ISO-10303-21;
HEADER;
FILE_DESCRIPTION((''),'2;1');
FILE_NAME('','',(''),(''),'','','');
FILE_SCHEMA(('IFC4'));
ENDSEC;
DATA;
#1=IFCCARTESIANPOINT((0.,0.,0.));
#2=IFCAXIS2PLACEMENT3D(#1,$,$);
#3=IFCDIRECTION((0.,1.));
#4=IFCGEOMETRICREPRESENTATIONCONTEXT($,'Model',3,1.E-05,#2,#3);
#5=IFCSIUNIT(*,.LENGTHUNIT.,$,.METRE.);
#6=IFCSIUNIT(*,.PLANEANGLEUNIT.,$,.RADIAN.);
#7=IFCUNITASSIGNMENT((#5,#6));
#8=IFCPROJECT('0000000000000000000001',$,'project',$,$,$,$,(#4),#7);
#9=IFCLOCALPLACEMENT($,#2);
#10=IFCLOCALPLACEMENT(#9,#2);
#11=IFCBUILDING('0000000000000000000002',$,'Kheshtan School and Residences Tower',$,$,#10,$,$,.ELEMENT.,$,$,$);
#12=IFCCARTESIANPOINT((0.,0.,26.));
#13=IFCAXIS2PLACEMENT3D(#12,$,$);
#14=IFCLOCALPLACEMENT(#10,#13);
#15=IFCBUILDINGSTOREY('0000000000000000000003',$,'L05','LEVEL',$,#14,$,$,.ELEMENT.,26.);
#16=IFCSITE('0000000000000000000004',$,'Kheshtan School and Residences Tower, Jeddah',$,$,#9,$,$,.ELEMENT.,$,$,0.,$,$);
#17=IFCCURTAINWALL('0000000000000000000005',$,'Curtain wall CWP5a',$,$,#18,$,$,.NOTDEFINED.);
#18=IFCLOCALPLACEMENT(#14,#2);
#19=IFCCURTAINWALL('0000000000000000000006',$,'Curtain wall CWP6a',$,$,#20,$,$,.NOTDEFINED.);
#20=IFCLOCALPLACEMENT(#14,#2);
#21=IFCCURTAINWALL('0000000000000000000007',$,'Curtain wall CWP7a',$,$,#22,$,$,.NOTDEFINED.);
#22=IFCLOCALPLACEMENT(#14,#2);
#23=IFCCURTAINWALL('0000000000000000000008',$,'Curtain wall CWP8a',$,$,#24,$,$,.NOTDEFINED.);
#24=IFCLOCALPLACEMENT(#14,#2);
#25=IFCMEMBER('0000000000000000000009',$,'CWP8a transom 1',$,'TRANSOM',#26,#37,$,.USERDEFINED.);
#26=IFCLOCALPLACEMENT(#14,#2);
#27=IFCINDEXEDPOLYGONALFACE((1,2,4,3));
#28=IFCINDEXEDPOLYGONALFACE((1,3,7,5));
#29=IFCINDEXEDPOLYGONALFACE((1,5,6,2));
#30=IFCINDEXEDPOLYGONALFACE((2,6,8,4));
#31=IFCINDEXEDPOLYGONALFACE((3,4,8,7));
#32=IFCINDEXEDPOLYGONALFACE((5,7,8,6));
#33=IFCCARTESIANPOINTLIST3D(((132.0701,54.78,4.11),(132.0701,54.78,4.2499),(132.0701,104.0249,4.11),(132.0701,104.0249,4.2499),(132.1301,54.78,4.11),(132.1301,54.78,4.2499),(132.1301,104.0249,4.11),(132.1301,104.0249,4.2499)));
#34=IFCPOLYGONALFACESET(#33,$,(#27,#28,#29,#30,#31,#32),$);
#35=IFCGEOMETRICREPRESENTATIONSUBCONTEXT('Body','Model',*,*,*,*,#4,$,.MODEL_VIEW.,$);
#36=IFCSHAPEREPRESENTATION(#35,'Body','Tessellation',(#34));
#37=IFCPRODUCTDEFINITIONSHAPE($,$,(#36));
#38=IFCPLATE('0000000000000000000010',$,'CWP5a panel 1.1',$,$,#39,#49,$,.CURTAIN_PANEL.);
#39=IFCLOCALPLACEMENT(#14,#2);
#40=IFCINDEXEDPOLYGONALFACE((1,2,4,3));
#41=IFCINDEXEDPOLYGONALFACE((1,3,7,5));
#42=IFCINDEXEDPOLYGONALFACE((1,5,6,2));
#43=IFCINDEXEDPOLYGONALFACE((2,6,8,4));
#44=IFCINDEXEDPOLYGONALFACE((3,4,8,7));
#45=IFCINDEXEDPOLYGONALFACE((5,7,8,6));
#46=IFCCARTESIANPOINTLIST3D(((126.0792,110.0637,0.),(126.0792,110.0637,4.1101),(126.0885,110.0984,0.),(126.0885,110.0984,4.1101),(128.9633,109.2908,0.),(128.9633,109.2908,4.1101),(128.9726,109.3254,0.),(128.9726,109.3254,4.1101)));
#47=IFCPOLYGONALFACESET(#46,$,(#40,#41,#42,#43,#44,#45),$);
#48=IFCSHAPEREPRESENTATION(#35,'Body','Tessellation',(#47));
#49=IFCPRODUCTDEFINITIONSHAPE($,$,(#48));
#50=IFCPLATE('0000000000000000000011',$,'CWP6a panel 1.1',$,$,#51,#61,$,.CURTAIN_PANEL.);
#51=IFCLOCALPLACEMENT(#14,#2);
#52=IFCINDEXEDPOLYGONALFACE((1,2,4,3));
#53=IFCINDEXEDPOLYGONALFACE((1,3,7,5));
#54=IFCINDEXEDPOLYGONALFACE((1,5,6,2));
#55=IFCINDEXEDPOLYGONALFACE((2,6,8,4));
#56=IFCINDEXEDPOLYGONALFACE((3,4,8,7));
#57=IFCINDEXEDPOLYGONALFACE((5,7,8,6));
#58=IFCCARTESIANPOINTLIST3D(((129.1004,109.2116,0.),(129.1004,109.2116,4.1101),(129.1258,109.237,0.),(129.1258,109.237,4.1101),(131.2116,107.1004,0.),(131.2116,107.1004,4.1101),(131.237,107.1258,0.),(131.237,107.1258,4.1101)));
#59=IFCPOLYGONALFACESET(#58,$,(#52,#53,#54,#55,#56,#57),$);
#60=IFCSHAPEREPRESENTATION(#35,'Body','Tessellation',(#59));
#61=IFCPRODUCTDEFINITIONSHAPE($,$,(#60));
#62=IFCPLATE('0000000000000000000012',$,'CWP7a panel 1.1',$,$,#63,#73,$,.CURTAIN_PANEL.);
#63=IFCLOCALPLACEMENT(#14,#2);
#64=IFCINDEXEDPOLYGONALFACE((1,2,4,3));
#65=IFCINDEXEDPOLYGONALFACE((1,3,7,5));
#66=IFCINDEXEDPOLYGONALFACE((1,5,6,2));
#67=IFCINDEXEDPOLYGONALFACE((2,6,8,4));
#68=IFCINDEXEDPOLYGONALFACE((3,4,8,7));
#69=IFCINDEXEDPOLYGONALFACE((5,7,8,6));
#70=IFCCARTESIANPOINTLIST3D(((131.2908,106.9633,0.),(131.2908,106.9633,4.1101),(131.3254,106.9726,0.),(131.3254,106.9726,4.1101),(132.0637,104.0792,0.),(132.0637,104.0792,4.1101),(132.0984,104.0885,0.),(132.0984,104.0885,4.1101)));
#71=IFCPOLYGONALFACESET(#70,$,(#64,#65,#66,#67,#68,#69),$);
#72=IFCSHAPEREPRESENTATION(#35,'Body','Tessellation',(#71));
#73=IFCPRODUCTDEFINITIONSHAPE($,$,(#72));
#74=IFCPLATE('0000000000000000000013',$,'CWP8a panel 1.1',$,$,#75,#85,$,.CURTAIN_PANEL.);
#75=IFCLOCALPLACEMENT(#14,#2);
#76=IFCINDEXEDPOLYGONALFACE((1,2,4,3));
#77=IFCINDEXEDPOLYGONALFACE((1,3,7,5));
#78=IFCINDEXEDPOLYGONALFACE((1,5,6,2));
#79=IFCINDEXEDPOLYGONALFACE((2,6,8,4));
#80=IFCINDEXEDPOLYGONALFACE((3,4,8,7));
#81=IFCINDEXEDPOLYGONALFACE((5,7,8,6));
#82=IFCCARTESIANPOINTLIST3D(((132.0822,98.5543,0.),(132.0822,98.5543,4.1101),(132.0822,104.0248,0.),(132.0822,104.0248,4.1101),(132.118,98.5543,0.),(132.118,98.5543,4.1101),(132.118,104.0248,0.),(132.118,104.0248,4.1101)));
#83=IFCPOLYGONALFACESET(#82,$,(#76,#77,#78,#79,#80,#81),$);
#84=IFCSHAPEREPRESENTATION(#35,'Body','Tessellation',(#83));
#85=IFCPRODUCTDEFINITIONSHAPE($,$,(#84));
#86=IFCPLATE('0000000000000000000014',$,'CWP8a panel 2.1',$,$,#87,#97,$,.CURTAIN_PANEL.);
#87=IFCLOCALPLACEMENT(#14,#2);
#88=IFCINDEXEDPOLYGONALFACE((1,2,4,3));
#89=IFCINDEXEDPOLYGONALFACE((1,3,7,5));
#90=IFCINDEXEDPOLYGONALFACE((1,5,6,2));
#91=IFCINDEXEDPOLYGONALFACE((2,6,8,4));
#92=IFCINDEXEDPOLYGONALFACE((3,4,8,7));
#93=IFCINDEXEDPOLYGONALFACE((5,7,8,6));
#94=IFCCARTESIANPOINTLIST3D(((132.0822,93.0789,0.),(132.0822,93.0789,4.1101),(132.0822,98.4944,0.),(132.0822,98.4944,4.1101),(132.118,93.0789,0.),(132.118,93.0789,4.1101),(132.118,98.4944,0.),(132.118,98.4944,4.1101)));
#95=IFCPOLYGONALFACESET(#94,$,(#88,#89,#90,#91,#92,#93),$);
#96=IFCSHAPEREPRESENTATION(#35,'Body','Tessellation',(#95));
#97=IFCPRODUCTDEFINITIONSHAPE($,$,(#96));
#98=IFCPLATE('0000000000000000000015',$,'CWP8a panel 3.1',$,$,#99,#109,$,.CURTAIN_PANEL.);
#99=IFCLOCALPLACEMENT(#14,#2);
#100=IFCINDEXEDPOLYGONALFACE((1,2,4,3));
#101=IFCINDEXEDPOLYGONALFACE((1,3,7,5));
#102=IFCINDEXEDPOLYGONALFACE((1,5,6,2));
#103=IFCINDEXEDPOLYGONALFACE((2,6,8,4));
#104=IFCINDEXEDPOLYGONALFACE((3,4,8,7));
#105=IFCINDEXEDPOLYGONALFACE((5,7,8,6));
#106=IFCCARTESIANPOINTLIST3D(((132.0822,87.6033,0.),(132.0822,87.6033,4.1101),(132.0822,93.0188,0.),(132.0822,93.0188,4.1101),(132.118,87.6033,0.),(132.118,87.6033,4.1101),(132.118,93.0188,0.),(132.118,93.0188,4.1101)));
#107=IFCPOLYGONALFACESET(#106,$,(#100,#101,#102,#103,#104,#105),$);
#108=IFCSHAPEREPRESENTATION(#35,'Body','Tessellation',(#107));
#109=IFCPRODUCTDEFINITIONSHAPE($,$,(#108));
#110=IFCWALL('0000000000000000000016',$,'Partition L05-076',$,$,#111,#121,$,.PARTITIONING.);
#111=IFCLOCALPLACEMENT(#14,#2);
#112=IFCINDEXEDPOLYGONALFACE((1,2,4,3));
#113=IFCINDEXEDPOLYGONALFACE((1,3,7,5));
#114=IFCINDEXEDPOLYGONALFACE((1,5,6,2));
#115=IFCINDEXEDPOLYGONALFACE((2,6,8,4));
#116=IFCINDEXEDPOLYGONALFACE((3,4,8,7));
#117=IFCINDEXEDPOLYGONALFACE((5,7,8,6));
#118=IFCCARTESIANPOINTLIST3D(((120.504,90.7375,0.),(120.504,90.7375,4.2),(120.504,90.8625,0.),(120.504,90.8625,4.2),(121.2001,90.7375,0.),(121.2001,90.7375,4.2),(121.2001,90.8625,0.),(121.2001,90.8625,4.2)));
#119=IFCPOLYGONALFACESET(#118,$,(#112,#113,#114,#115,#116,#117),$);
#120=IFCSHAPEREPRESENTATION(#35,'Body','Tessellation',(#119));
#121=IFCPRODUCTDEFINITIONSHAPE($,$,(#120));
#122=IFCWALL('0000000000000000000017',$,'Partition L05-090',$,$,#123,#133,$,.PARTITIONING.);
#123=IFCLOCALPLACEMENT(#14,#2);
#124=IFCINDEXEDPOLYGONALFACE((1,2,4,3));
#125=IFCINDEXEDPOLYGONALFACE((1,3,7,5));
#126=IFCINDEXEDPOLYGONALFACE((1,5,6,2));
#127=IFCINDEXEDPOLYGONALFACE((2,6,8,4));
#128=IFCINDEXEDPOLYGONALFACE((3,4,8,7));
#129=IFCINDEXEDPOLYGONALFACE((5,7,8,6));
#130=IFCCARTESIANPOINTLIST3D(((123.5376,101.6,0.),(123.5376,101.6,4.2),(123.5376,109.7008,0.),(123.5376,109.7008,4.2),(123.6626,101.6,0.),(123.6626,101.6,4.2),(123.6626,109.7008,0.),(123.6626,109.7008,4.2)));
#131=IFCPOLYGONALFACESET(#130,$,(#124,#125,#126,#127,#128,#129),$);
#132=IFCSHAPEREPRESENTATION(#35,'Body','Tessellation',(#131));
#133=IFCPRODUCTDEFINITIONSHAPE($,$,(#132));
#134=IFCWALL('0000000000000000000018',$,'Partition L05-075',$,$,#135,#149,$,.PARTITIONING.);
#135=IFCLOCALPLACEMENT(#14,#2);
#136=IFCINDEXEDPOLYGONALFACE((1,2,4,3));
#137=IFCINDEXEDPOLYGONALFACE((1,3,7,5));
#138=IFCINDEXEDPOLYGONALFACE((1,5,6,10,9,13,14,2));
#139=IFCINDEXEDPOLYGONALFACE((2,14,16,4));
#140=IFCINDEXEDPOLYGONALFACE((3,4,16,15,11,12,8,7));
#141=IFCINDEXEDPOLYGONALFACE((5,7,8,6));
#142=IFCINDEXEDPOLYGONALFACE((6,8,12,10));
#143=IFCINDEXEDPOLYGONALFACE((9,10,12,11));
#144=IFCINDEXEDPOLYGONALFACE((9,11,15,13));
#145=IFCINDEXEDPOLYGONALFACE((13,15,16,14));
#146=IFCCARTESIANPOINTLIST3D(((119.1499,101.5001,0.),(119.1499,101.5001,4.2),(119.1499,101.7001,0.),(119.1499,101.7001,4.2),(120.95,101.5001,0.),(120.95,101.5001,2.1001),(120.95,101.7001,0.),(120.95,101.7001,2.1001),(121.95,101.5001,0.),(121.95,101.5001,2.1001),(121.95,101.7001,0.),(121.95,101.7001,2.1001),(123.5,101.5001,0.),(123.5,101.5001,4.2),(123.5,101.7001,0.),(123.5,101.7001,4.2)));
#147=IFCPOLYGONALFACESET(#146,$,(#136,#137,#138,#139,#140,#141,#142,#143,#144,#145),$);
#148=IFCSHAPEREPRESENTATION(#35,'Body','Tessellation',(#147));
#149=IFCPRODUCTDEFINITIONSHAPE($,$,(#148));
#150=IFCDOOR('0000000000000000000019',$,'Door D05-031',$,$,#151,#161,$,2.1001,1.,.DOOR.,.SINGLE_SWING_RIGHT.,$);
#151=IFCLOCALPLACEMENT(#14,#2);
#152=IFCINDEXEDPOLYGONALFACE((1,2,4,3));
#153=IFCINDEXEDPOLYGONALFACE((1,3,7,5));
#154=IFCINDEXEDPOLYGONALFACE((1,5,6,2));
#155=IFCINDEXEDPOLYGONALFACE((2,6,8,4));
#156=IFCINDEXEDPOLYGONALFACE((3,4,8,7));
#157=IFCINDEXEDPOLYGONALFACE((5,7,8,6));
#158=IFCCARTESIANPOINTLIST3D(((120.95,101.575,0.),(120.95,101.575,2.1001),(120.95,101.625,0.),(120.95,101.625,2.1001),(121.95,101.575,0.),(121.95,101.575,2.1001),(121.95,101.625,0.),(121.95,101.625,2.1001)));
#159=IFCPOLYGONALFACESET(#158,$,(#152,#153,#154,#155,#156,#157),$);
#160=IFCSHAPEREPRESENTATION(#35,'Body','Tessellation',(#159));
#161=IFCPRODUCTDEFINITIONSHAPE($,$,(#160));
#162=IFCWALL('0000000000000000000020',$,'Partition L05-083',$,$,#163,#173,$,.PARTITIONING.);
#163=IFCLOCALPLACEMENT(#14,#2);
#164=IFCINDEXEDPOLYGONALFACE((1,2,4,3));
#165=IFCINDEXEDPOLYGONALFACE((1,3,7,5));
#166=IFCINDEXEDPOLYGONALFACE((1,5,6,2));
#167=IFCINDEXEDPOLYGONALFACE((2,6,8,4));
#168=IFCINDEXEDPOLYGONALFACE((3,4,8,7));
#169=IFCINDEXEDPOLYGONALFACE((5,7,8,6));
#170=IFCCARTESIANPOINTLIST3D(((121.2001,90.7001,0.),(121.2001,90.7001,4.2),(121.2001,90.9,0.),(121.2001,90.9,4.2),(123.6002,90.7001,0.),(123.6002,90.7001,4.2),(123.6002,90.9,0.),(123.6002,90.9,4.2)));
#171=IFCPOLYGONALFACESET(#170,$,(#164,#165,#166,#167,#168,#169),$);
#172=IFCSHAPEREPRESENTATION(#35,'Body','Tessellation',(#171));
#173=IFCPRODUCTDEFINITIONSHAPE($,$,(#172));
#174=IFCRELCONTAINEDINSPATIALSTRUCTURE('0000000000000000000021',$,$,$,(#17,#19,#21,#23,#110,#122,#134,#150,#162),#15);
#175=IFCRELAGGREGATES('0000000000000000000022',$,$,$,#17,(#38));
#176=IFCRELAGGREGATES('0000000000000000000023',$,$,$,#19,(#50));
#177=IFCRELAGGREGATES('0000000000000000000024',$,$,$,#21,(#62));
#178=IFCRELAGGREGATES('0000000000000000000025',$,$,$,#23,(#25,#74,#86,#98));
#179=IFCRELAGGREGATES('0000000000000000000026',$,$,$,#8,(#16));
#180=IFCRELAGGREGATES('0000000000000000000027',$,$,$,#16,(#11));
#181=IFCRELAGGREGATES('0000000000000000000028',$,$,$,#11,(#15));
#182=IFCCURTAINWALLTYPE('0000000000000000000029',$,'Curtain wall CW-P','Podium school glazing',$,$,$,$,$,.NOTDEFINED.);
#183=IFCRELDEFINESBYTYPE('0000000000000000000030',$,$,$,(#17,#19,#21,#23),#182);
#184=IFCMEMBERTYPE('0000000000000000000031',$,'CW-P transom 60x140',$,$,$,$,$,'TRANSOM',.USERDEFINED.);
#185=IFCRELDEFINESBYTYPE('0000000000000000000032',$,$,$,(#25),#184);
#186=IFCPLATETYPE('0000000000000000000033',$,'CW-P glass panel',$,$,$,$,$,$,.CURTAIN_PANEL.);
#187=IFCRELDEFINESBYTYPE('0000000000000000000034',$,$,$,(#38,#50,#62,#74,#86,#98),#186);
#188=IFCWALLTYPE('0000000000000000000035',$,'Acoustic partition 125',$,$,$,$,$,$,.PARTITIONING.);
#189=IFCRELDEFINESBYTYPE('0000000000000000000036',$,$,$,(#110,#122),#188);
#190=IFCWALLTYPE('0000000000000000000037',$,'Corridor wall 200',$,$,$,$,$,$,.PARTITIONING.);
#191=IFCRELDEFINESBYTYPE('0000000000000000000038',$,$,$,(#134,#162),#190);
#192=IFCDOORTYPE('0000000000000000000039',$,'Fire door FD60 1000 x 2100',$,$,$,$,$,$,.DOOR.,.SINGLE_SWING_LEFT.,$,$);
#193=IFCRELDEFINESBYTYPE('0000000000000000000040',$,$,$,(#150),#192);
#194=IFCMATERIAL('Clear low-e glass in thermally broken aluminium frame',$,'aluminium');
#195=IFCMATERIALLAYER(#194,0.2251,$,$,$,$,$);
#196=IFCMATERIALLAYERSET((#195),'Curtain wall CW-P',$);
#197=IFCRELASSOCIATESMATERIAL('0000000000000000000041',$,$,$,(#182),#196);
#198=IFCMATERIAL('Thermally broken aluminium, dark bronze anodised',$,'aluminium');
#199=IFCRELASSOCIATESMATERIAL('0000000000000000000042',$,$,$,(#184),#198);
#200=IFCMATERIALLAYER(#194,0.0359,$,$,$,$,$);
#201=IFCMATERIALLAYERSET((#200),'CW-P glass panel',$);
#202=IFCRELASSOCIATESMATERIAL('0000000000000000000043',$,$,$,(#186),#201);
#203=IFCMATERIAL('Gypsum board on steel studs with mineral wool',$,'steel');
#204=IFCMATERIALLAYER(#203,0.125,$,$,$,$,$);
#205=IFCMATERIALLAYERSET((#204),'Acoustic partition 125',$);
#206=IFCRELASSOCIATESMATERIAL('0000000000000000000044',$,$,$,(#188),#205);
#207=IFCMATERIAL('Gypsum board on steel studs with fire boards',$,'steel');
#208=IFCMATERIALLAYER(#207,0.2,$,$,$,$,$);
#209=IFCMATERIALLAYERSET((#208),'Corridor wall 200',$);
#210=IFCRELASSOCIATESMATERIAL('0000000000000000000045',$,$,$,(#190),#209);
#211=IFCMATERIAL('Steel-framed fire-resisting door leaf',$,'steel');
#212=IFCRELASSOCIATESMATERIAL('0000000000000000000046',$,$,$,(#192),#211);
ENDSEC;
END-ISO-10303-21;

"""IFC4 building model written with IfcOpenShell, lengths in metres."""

from ifc_helpers import new_model, si_unit, direction, frame, frame_2d, origin, origin_2d, place, context, subcontext, project, spatial, rectangle, extrude, source, transform, mapped, material, layer, layer_set, material_profile, profile_set, type_object, element, fill, aggregate, save


model = new_model("IFC4")

# Units and contexts
model_context = context("Model", 3, precision=1e-05, world=origin(), true_north=direction((0.0, 1.0)))
body_context = subcontext(model_context, "Body", "Model", "MODEL_VIEW")
ifc_project = project(units=[si_unit("LENGTHUNIT", "METRE"), si_unit("PLANEANGLEUNIT", "RADIAN")], contexts=[model_context])

# Site, building, storey
site_placement = place(None, origin())
site = spatial("IfcSite", under=ifc_project, at=site_placement, Name="Kheshtan School and Residences Tower, Jeddah", CompositionType="ELEMENT", RefElevation=0.0)
building_placement = place(site_placement, origin())
building = spatial("IfcBuilding", under=site, at=building_placement, Name="Kheshtan School and Residences Tower", CompositionType="ELEMENT")
storey_placement = place(building_placement, frame((0.0, 0.0, 26.0)))
storey = spatial("IfcBuildingStorey", under=building, at=storey_placement, Name="L05", Description="LEVEL", CompositionType="ELEMENT", Elevation=26.0)

# Curtain walls
ifc_material_1 = material(Name="Clear low-e glass in thermally broken aluminium frame", Category="aluminium")
ifc_layer_1 = layer(ifc_material_1, 0.2251)
ifc_layer_set_1 = layer_set([ifc_layer_1], Name="Curtain wall CW-P")
curtain_wall_type = type_object("IfcCurtainWallType", Name="Curtain wall CW-P", Description="Podium school glazing", PredefinedType="NOTDEFINED", material=ifc_layer_set_1)
curtain_wall_1_placement = place(storey_placement, origin())
curtain_wall_1 = element("IfcCurtainWall", 1, at=curtain_wall_1_placement, inside=storey, type_object=curtain_wall_type, Name="Curtain wall CWP5a", PredefinedType="NOTDEFINED")
ifc_material_2 = material(Name="Thermally broken aluminium, dark bronze anodised", Category="aluminium")
curtain_wall_2_placement = place(storey_placement, origin())
curtain_wall_2 = element("IfcCurtainWall", 2, at=curtain_wall_2_placement, inside=storey, type_object=curtain_wall_type, Name="Curtain wall CWP6a", PredefinedType="NOTDEFINED")
curtain_wall_3_placement = place(storey_placement, origin())
curtain_wall_3 = element("IfcCurtainWall", 3, at=curtain_wall_3_placement, inside=storey, type_object=curtain_wall_type, Name="Curtain wall CWP7a", PredefinedType="NOTDEFINED")
curtain_wall_4_placement = place(storey_placement, origin())
curtain_wall_4 = element("IfcCurtainWall", 4, at=curtain_wall_4_placement, inside=storey, type_object=curtain_wall_type, Name="Curtain wall CWP8a", PredefinedType="NOTDEFINED")

# Member
ifc_material_profile_1 = material_profile(ifc_material_2, rectangle(XDim=0.0601, YDim=0.1399, at=origin_2d()), Name="CW-P transom 60x140")
ifc_profile_set_1 = profile_set([ifc_material_profile_1], Name="Thermally broken aluminium, dark bronze anodised")
member_type_1 = type_object("IfcMemberType", Name="CW-P transom 60x140", ElementType="TRANSOM", PredefinedType="USERDEFINED", material=ifc_profile_set_1)
member_1_placement = place(storey_placement, frame((132.1001, 104.0249, 4.1799), z_axis=(0.0, -1.0, 0.0), x_axis=(1.0, 0.0, 0.0)))
member_1 = element("IfcMember", 5, at=member_1_placement, type_object=member_type_1, Name="CWP8a transom 1", ObjectType="TRANSOM", PredefinedType="USERDEFINED", context=body_context, shape_type="SweptSolid", body=[
    extrude(rectangle(XDim=0.0601, YDim=0.1399, at=origin_2d()), origin(), (0.0, 0.0, 1.0), 49.2449),
])

# Plates
ifc_layer_2 = layer(ifc_material_1, 0.0359)
ifc_layer_set_2 = layer_set([ifc_layer_2], Name="CW-P glass panel")
plate_type = type_object("IfcPlateType", Name="CW-P glass panel", PredefinedType="CURTAIN_PANEL", material=ifc_layer_set_2)
plate_1_placement = place(storey_placement, frame((127.5259, 109.6946, 0.0), z_axis=(0.0, 0.0, 1.0), x_axis=(0.965914, -0.258865, 0.0)))
plate_1 = element("IfcPlate", 6, at=plate_1_placement, type_object=plate_type, Name="CWP5a panel 1.1", PredefinedType="CURTAIN_PANEL", context=body_context, shape_type="SweptSolid", body=[
    extrude(rectangle(XDim=2.9858, YDim=0.0359, at=origin_2d()), origin(), (0.0, 0.0, 1.0), 4.1101),
])
aggregate(curtain_wall_1, [plate_1])
plate_2_placement = place(storey_placement, frame((130.1687, 108.1687, 0.0), z_axis=(0.0, 0.0, 1.0), x_axis=(0.707107, -0.707107, 0.0)))
plate_2 = element("IfcPlate", 7, at=plate_2_placement, type_object=plate_type, Name="CWP6a panel 1.1", PredefinedType="CURTAIN_PANEL", context=body_context, shape_type="SweptSolid", body=[
    extrude(rectangle(XDim=2.9856, YDim=0.0359, at=origin_2d()), origin(), (0.0, 0.0, 1.0), 4.1101),
])
aggregate(curtain_wall_2, [plate_2])
plate_3_placement = place(storey_placement, frame((131.6946, 105.5259, 0.0), z_axis=(0.0, 0.0, 1.0), x_axis=(0.258865, -0.965914, 0.0)))
plate_3 = element("IfcPlate", 8, at=plate_3_placement, type_object=plate_type, Name="CWP7a panel 1.1", PredefinedType="CURTAIN_PANEL", context=body_context, shape_type="SweptSolid", body=[
    extrude(rectangle(XDim=2.9858, YDim=0.0359, at=origin_2d()), origin(), (0.0, 0.0, 1.0), 4.1101),
])
aggregate(curtain_wall_3, [plate_3])
plate_4_placement = place(storey_placement, frame((132.1001, 101.2896, 0.0), z_axis=(0.0, 0.0, 1.0), x_axis=(0.0, -1.0, 0.0)))
plate_4 = element("IfcPlate", 9, at=plate_4_placement, type_object=plate_type, Name="CWP8a panel 1.1", PredefinedType="CURTAIN_PANEL", context=body_context, shape_type="SweptSolid", body=[
    extrude(rectangle(XDim=5.4705, YDim=0.0359, at=origin_2d()), origin(), (0.0, 0.0, 1.0), 4.1101),
])
plate_5_placement = place(storey_placement, frame((132.1001, 95.7866, 0.0), z_axis=(0.0, 0.0, 1.0), x_axis=(0.0, -1.0, 0.0)))
plate_5 = element("IfcPlate", 10, at=plate_5_placement, type_object=plate_type, Name="CWP8a panel 2.1", PredefinedType="CURTAIN_PANEL", context=body_context, shape_type="SweptSolid", body=[
    extrude(rectangle(XDim=5.4155, YDim=0.0359, at=origin_2d()), origin(), (0.0, 0.0, 1.0), 4.1101),
])
plate_6_placement = place(storey_placement, frame((132.1001, 90.311, 0.0), z_axis=(0.0, 0.0, 1.0), x_axis=(0.0, -1.0, 0.0)))
plate_6 = element("IfcPlate", 11, at=plate_6_placement, type_object=plate_type, Name="CWP8a panel 3.1", PredefinedType="CURTAIN_PANEL", context=body_context, shape_type="SweptSolid", body=[
    extrude(rectangle(XDim=5.4155, YDim=0.0359, at=origin_2d()), origin(), (0.0, 0.0, 1.0), 4.1101),
])
aggregate(curtain_wall_4, [member_1, plate_4, plate_5, plate_6])

# Walls
ifc_material_3 = material(Name="Gypsum board on steel studs with mineral wool", Category="steel")
ifc_layer_3 = layer(ifc_material_3, 0.125)
ifc_layer_set_3 = layer_set([ifc_layer_3], Name="Acoustic partition 125")
wall_type_1 = type_object("IfcWallType", Name="Acoustic partition 125", PredefinedType="PARTITIONING", material=ifc_layer_set_3)
wall_1_placement = place(storey_placement, frame((120.5039, 90.8, 0.0), z_axis=(0.0, 0.0, 1.0), x_axis=(1.0, 0.0, 0.0)))
element("IfcWall", 12, at=wall_1_placement, inside=storey, type_object=wall_type_1, Name="Partition L05-076", PredefinedType="PARTITIONING", context=body_context, shape_type="SweptSolid", body=[
    extrude(rectangle(XDim=0.696, YDim=0.125, at=frame_2d((0.3481, 0.0))), origin(), (0.0, 0.0, 1.0), 4.2),
])
wall_2_placement = place(storey_placement, frame((123.6001, 101.6001, 0.0), z_axis=(0.0, 0.0, 1.0), x_axis=(0.0, 1.0, 0.0)))
element("IfcWall", 13, at=wall_2_placement, inside=storey, type_object=wall_type_1, Name="Partition L05-090", PredefinedType="PARTITIONING", context=body_context, shape_type="SweptSolid", body=[
    extrude(rectangle(XDim=8.1008, YDim=0.125, at=frame_2d((4.0503, 0.0))), origin(), (0.0, 0.0, 1.0), 4.2),
])

# Wall, opening, door
ifc_material_4 = material(Name="Gypsum board on steel studs with fire boards", Category="steel")
ifc_layer_4 = layer(ifc_material_4, 0.2)
ifc_layer_set_4 = layer_set([ifc_layer_4], Name="Corridor wall 200")
wall_type_2 = type_object("IfcWallType", Name="Corridor wall 200", PredefinedType="PARTITIONING", material=ifc_layer_set_4)
wall_3_placement = place(storey_placement, frame((119.1499, 101.6001, 0.0), z_axis=(0.0, 0.0, 1.0), x_axis=(1.0, 0.0, 0.0)))
wall_3 = element("IfcWall", 14, at=wall_3_placement, inside=storey, type_object=wall_type_2, Name="Partition L05-075", PredefinedType="PARTITIONING", context=body_context, shape_type="SweptSolid", body=[
    extrude(rectangle(XDim=4.3501, YDim=0.2, at=frame_2d((2.175, 0.0))), origin(), (0.0, 0.0, 1.0), 4.2),
])
opening_1_placement = place(wall_3_placement, frame((1.8, 0.0, 0.0)))
opening_1 = element("IfcOpeningElement", 15, at=opening_1_placement, cuts=wall_3, PredefinedType="OPENING", context=body_context, shape_type="SweptSolid", body=[
    extrude(rectangle(XDim=1.0, YDim=2.1001, at=frame_2d((0.5, 1.05))), frame((0.0, 0.1099, 0.0), z_axis=(0.0, -1.0, 0.0), x_axis=(1.0, 0.0, 0.0)), (0.0, 0.0, 1.0), 0.22),
])
ifc_material_5 = material(Name="Steel-framed fire-resisting door leaf", Category="steel")
door_type_1 = type_object("IfcDoorType", Name="Fire door FD60 1000 x 2100", OperationType="SINGLE_SWING_LEFT", PredefinedType="DOOR", material=ifc_material_5)
shared_shape_1 = source(origin(), body_context, "Body", "SweptSolid", [
    extrude(rectangle(XDim=1.0, YDim=2.1001, at=frame_2d((0.5, 1.05))), frame((0.0, 0.0249, 0.0), z_axis=(0.0, -1.0, 0.0), x_axis=(1.0, 0.0, 0.0)), (0.0, 0.0, 1.0), 0.05),
])
door_1_placement = place(opening_1_placement, origin())
door_1 = element("IfcDoor", 16, at=door_1_placement, inside=storey, type_object=door_type_1, Name="Door D05-031", OperationType="SINGLE_SWING_RIGHT", OverallHeight=2.1001, OverallWidth=1.0, PredefinedType="DOOR", context=body_context, shape_type="MappedRepresentation", body=[
    mapped(shared_shape_1, transform((0.0, 0.0, 0.0), x_axis=(1.0, 0.0, 0.0), y_axis=(0.0, 1.0, 0.0), z_axis=(0.0, 0.0, 1.0), scale=1.0)),
])
fill(opening_1, door_1)

# Wall
wall_4_placement = place(storey_placement, frame((121.2, 90.8, 0.0), z_axis=(0.0, 0.0, 1.0), x_axis=(1.0, 0.0, 0.0)))
element("IfcWall", 17, at=wall_4_placement, inside=storey, type_object=wall_type_2, Name="Partition L05-083", PredefinedType="PARTITIONING", context=body_context, shape_type="SweptSolid", body=[
    extrude(rectangle(XDim=2.4001, YDim=0.2, at=frame_2d((1.2002, 0.0))), origin(), (0.0, 0.0, 1.0), 4.2),
])

save(model, "model.ifc")
